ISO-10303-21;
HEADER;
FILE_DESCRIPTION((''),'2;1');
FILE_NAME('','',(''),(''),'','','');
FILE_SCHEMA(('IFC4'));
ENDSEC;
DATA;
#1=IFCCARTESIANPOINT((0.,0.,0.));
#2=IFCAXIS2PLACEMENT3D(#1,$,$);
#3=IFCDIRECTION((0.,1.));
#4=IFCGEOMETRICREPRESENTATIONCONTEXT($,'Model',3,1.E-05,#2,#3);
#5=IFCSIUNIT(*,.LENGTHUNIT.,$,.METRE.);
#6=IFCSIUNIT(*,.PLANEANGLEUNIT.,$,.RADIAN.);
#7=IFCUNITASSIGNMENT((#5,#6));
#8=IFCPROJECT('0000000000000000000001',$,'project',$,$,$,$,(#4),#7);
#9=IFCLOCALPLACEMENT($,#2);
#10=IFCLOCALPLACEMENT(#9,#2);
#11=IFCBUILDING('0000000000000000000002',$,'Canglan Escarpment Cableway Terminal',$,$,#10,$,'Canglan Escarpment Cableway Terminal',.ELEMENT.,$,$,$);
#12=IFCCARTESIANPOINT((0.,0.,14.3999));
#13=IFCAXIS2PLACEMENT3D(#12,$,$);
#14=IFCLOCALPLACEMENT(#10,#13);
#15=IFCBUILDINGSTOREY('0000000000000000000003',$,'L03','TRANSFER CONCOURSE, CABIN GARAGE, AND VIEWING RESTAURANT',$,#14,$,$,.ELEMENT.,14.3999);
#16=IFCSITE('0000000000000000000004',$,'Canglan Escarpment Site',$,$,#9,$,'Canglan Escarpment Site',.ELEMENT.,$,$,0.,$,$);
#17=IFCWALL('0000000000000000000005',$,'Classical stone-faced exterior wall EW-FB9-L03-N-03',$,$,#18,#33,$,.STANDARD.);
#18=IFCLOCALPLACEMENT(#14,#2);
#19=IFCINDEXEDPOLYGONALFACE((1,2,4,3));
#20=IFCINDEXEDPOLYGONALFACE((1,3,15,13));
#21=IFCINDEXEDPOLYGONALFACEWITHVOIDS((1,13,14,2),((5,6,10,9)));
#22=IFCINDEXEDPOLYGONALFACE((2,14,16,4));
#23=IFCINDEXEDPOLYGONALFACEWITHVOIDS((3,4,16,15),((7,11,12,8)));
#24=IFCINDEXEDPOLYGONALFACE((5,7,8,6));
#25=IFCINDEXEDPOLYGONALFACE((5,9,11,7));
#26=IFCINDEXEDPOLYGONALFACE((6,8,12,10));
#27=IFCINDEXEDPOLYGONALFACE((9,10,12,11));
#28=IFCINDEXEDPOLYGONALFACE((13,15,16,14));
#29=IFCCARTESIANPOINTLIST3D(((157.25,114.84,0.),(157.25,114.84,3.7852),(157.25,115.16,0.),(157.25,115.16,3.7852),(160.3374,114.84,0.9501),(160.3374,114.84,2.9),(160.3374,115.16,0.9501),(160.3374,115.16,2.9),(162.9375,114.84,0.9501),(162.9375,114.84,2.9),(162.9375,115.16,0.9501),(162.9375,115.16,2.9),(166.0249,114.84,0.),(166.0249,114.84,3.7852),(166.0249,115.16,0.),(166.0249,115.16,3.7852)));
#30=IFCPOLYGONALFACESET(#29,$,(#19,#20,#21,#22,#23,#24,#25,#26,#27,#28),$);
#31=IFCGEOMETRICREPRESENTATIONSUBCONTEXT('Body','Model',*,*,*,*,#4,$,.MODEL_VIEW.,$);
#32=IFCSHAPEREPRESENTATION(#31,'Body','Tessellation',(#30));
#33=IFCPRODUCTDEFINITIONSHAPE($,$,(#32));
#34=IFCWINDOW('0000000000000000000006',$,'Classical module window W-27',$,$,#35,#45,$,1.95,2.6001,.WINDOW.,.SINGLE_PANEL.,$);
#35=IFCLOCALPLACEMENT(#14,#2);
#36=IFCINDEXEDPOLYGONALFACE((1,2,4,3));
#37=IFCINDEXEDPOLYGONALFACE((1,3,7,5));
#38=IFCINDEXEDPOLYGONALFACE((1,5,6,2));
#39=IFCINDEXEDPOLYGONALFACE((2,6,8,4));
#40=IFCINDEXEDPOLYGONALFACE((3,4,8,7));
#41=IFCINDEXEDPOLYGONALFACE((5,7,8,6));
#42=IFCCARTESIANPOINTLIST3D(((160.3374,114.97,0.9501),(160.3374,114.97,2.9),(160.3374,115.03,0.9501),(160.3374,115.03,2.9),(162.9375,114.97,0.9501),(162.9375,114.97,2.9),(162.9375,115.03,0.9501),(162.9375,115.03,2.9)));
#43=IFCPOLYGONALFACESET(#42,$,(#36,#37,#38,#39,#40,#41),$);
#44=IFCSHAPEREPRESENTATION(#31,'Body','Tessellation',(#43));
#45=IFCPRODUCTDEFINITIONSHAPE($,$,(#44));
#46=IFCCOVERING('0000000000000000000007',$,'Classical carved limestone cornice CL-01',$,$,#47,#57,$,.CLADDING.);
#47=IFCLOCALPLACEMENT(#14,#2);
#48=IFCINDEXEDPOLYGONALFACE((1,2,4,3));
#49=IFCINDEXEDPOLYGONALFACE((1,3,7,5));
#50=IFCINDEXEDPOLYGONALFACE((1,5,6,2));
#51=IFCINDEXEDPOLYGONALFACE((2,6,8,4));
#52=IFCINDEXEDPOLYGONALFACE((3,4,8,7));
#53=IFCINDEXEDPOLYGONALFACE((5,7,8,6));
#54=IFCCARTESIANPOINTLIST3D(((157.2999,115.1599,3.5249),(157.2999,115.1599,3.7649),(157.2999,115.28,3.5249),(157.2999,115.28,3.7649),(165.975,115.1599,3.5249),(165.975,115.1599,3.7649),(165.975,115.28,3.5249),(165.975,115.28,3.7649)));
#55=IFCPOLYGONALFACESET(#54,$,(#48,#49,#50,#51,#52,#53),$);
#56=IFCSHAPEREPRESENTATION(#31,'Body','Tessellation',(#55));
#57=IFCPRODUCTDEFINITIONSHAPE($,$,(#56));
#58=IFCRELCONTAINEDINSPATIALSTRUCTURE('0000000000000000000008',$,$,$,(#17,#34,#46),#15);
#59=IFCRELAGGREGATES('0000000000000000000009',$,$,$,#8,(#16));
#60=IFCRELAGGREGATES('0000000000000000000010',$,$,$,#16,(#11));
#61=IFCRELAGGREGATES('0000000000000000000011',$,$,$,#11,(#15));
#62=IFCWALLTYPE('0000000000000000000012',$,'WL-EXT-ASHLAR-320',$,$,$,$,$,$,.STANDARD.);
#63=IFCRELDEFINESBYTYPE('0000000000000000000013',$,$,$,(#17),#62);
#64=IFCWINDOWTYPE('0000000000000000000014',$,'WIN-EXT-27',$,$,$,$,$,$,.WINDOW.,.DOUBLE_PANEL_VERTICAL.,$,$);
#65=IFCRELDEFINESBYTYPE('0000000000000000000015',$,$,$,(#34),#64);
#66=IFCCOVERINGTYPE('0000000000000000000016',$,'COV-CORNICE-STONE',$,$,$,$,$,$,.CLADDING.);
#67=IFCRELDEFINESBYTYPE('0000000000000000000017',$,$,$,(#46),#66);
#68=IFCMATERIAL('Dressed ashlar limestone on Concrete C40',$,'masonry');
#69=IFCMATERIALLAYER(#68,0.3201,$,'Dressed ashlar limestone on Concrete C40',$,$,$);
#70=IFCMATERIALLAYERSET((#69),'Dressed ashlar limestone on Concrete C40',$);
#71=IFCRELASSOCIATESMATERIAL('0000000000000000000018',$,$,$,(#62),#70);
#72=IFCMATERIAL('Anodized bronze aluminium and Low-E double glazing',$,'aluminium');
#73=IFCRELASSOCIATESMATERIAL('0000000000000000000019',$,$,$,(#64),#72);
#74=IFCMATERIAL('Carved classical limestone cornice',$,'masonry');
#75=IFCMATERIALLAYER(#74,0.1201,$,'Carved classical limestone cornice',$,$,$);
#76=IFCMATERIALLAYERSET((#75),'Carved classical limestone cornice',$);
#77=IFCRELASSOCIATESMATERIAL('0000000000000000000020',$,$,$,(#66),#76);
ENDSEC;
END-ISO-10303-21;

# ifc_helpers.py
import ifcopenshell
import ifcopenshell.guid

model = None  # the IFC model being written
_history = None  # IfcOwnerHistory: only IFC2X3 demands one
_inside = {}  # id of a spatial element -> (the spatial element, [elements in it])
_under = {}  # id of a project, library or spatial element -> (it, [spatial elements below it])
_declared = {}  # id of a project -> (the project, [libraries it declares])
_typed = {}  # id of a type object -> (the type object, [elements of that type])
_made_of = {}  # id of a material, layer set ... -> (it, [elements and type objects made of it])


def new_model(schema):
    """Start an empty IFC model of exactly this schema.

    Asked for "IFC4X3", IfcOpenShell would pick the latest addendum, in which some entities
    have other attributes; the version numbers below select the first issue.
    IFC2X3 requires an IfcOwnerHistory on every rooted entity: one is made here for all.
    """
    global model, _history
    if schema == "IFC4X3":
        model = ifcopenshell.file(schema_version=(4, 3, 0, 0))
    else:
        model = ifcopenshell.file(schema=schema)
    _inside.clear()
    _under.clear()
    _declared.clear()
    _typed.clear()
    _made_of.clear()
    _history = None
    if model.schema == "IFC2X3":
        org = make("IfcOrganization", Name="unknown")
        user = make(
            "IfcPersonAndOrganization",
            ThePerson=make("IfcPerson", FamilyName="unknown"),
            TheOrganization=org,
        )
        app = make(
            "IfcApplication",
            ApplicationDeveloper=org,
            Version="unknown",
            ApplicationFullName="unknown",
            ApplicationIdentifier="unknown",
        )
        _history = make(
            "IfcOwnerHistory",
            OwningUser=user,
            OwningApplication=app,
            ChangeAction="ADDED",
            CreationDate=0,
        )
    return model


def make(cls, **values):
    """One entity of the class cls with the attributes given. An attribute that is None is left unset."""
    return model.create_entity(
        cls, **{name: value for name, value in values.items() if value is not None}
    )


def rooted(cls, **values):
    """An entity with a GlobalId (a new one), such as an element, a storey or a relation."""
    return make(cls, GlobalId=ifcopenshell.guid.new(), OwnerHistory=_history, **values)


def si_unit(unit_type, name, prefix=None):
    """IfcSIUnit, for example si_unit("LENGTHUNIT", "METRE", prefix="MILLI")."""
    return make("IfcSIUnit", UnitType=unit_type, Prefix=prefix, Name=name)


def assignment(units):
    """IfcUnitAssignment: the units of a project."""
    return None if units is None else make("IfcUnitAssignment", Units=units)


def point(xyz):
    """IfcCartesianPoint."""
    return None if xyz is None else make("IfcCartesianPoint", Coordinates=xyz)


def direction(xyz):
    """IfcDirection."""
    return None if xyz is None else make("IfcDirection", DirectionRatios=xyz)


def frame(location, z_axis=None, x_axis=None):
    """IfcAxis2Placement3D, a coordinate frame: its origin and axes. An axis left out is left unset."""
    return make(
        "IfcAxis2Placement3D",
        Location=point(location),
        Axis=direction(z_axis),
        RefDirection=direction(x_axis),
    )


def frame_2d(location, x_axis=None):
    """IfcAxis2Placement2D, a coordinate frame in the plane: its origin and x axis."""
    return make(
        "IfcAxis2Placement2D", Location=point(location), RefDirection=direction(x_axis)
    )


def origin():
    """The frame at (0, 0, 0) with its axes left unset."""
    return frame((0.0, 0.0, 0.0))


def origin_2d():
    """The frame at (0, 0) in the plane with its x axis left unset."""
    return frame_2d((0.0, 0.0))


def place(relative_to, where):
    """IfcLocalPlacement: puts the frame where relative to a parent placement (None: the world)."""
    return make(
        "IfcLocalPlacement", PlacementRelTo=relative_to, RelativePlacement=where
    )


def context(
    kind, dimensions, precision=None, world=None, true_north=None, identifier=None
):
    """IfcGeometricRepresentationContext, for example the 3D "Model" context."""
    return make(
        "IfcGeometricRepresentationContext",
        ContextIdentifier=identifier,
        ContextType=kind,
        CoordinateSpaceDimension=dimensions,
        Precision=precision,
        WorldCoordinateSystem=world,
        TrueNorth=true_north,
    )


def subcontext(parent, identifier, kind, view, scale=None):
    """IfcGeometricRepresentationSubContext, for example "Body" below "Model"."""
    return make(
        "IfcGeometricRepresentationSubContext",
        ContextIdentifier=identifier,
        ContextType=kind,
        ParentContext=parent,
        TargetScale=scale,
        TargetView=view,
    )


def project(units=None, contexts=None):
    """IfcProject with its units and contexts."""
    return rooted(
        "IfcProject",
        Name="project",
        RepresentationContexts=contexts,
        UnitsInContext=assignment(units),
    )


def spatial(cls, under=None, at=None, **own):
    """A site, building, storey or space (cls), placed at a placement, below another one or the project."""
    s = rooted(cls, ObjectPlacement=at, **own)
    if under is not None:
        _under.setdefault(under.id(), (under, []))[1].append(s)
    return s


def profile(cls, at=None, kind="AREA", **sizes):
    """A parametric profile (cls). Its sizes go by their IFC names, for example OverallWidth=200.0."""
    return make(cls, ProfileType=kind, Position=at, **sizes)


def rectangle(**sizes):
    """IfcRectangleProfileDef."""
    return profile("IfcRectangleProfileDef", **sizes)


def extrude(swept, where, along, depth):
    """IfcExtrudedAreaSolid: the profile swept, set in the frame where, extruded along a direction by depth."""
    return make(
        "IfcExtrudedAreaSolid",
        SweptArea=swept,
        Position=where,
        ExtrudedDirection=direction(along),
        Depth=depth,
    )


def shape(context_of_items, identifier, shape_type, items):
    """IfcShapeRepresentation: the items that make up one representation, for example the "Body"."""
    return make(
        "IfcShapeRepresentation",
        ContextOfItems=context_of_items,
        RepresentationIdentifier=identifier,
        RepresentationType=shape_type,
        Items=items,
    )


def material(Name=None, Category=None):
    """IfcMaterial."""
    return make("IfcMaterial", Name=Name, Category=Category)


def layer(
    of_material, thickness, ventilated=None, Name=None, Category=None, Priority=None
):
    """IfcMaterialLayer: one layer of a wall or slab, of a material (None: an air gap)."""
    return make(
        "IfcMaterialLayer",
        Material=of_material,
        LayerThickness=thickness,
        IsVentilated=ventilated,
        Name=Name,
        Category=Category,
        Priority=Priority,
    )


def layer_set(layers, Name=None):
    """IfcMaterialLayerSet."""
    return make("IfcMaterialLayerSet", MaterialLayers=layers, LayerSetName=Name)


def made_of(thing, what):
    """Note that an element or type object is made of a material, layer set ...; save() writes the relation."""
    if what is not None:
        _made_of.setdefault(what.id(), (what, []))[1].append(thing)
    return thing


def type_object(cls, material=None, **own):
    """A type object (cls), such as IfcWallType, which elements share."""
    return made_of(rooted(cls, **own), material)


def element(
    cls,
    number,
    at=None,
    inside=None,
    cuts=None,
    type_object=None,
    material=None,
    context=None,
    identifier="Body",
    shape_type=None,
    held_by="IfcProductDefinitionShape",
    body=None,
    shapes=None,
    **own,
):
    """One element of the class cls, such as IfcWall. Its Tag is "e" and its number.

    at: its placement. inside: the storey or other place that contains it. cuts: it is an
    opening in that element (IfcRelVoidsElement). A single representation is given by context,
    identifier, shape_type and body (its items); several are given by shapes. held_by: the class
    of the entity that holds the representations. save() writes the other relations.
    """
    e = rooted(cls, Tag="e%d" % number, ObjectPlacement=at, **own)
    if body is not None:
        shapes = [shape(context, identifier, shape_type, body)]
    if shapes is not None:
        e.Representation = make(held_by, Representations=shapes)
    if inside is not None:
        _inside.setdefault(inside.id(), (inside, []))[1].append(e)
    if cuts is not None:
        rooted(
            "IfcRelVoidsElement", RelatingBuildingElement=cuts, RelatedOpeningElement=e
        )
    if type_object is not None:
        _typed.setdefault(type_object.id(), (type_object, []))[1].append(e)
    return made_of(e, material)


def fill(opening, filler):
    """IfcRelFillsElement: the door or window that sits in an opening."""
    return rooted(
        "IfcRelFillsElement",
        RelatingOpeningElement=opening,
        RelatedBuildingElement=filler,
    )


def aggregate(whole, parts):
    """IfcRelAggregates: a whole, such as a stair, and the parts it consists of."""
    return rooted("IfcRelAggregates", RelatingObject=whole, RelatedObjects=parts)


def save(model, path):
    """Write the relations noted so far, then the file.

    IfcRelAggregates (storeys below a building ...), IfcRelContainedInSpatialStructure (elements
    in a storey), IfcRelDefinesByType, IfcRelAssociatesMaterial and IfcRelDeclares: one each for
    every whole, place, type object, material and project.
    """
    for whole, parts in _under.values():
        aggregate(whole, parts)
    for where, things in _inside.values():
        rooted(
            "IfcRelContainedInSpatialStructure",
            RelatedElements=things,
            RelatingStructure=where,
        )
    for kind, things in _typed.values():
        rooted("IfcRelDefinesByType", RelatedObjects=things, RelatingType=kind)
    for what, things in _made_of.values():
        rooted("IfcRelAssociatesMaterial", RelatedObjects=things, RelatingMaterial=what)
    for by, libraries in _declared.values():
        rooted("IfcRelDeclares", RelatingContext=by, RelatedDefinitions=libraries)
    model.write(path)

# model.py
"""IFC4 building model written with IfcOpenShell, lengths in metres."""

from ifc_helpers import new_model, si_unit, direction, frame, frame_2d, origin, origin_2d, place, context, subcontext, project, spatial, rectangle, extrude, material, layer, layer_set, type_object, element, fill, save


model = new_model("IFC4")

# Units and contexts
model_context = context("Model", 3, precision=1e-05, world=origin(), true_north=direction((0.0, 1.0)))
body_context = subcontext(model_context, "Body", "Model", "MODEL_VIEW")
ifc_project = project(units=[si_unit("LENGTHUNIT", "METRE"), si_unit("PLANEANGLEUNIT", "RADIAN")], contexts=[model_context])

# Site, building, storey
site_placement = place(None, origin())
site = spatial("IfcSite", under=ifc_project, at=site_placement, Name="Canglan Escarpment Site", LongName="Canglan Escarpment Site", CompositionType="ELEMENT", RefElevation=0.0)
building_placement = place(site_placement, origin())
building = spatial("IfcBuilding", under=site, at=building_placement, Name="Canglan Escarpment Cableway Terminal", LongName="Canglan Escarpment Cableway Terminal", CompositionType="ELEMENT")
storey_placement = place(building_placement, frame((0.0, 0.0, 14.3999)))
storey = spatial("IfcBuildingStorey", under=building, at=storey_placement, Name="L03", Description="TRANSFER CONCOURSE, CABIN GARAGE, AND VIEWING RESTAURANT", CompositionType="ELEMENT", Elevation=14.3999)

# Shared definitions
ifc_material_1 = material(Name="Anodized bronze aluminium and Low-E double glazing", Category="aluminium")

# Wall, opening, window
ifc_material_2 = material(Name="Dressed ashlar limestone on Concrete C40", Category="masonry")
ifc_layer_1 = layer(ifc_material_2, 0.3201, Name="Dressed ashlar limestone on Concrete C40")
ifc_layer_set_1 = layer_set([ifc_layer_1], Name="Dressed ashlar limestone on Concrete C40")
wall_type_1 = type_object("IfcWallType", Name="WL-EXT-ASHLAR-320", PredefinedType="STANDARD", material=ifc_layer_set_1)
wall_1_placement = place(storey_placement, frame((166.0249, 115.0, 0.0), z_axis=(0.0, 0.0, 1.0), x_axis=(-1.0, 0.0, 0.0)))
wall_1 = element("IfcWall", 1, at=wall_1_placement, inside=storey, type_object=wall_type_1, Name="Classical stone-faced exterior wall EW-FB9-L03-N-03", PredefinedType="STANDARD", context=body_context, shape_type="SweptSolid", body=[
    extrude(rectangle(XDim=8.7749, YDim=0.3201, at=frame_2d((4.3875, 0.0))), origin(), (0.0, 0.0, 1.0), 3.7852),
])
opening_placement = place(wall_1_placement, frame((3.0874, 0.0, 0.95)))
opening = element("IfcOpeningElement", 2, at=opening_placement, cuts=wall_1, PredefinedType="OPENING", context=body_context, shape_type="SweptSolid", body=[
    extrude(rectangle(XDim=2.6001, YDim=1.95, at=frame_2d((1.3, 0.9751))), frame((0.0, 0.1699, 0.0), z_axis=(0.0, -1.0, 0.0), x_axis=(1.0, 0.0, 0.0)), (0.0, 0.0, 1.0), 0.3401),
])
window_type = type_object("IfcWindowType", Name="WIN-EXT-27", PartitioningType="DOUBLE_PANEL_VERTICAL", PredefinedType="WINDOW", material=ifc_material_1)
window_placement = place(opening_placement, origin())
window = element("IfcWindow", 3, at=window_placement, inside=storey, type_object=window_type, Name="Classical module window W-27", OverallHeight=1.95, OverallWidth=2.6001, PartitioningType="SINGLE_PANEL", PredefinedType="WINDOW", context=body_context, shape_type="SweptSolid", body=[
    extrude(rectangle(XDim=2.6001, YDim=1.95, at=frame_2d((1.3, 0.9751))), frame((0.0, 0.03, 0.0), z_axis=(0.0, -1.0, 0.0), x_axis=(1.0, 0.0, 0.0)), (0.0, 0.0, 1.0), 0.0601),
])
fill(opening, window)

# Covering
ifc_material_3 = material(Name="Carved classical limestone cornice", Category="masonry")
ifc_layer_2 = layer(ifc_material_3, 0.1201, Name="Carved classical limestone cornice")
ifc_layer_set_2 = layer_set([ifc_layer_2], Name="Carved classical limestone cornice")
covering_type = type_object("IfcCoveringType", Name="COV-CORNICE-STONE", PredefinedType="CLADDING", material=ifc_layer_set_2)
covering_placement = place(storey_placement, frame((161.6375, 115.22, 3.5249), z_axis=(0.0, 0.0, 1.0), x_axis=(-1.0, 0.0, 0.0)))
element("IfcCovering", 4, at=covering_placement, inside=storey, type_object=covering_type, Name="Classical carved limestone cornice CL-01", PredefinedType="CLADDING", context=body_context, shape_type="SweptSolid", body=[
    extrude(rectangle(XDim=8.675, YDim=0.1201, at=origin_2d()), origin(), (0.0, 0.0, 1.0), 0.24),
])

save(model, "model.ifc")
